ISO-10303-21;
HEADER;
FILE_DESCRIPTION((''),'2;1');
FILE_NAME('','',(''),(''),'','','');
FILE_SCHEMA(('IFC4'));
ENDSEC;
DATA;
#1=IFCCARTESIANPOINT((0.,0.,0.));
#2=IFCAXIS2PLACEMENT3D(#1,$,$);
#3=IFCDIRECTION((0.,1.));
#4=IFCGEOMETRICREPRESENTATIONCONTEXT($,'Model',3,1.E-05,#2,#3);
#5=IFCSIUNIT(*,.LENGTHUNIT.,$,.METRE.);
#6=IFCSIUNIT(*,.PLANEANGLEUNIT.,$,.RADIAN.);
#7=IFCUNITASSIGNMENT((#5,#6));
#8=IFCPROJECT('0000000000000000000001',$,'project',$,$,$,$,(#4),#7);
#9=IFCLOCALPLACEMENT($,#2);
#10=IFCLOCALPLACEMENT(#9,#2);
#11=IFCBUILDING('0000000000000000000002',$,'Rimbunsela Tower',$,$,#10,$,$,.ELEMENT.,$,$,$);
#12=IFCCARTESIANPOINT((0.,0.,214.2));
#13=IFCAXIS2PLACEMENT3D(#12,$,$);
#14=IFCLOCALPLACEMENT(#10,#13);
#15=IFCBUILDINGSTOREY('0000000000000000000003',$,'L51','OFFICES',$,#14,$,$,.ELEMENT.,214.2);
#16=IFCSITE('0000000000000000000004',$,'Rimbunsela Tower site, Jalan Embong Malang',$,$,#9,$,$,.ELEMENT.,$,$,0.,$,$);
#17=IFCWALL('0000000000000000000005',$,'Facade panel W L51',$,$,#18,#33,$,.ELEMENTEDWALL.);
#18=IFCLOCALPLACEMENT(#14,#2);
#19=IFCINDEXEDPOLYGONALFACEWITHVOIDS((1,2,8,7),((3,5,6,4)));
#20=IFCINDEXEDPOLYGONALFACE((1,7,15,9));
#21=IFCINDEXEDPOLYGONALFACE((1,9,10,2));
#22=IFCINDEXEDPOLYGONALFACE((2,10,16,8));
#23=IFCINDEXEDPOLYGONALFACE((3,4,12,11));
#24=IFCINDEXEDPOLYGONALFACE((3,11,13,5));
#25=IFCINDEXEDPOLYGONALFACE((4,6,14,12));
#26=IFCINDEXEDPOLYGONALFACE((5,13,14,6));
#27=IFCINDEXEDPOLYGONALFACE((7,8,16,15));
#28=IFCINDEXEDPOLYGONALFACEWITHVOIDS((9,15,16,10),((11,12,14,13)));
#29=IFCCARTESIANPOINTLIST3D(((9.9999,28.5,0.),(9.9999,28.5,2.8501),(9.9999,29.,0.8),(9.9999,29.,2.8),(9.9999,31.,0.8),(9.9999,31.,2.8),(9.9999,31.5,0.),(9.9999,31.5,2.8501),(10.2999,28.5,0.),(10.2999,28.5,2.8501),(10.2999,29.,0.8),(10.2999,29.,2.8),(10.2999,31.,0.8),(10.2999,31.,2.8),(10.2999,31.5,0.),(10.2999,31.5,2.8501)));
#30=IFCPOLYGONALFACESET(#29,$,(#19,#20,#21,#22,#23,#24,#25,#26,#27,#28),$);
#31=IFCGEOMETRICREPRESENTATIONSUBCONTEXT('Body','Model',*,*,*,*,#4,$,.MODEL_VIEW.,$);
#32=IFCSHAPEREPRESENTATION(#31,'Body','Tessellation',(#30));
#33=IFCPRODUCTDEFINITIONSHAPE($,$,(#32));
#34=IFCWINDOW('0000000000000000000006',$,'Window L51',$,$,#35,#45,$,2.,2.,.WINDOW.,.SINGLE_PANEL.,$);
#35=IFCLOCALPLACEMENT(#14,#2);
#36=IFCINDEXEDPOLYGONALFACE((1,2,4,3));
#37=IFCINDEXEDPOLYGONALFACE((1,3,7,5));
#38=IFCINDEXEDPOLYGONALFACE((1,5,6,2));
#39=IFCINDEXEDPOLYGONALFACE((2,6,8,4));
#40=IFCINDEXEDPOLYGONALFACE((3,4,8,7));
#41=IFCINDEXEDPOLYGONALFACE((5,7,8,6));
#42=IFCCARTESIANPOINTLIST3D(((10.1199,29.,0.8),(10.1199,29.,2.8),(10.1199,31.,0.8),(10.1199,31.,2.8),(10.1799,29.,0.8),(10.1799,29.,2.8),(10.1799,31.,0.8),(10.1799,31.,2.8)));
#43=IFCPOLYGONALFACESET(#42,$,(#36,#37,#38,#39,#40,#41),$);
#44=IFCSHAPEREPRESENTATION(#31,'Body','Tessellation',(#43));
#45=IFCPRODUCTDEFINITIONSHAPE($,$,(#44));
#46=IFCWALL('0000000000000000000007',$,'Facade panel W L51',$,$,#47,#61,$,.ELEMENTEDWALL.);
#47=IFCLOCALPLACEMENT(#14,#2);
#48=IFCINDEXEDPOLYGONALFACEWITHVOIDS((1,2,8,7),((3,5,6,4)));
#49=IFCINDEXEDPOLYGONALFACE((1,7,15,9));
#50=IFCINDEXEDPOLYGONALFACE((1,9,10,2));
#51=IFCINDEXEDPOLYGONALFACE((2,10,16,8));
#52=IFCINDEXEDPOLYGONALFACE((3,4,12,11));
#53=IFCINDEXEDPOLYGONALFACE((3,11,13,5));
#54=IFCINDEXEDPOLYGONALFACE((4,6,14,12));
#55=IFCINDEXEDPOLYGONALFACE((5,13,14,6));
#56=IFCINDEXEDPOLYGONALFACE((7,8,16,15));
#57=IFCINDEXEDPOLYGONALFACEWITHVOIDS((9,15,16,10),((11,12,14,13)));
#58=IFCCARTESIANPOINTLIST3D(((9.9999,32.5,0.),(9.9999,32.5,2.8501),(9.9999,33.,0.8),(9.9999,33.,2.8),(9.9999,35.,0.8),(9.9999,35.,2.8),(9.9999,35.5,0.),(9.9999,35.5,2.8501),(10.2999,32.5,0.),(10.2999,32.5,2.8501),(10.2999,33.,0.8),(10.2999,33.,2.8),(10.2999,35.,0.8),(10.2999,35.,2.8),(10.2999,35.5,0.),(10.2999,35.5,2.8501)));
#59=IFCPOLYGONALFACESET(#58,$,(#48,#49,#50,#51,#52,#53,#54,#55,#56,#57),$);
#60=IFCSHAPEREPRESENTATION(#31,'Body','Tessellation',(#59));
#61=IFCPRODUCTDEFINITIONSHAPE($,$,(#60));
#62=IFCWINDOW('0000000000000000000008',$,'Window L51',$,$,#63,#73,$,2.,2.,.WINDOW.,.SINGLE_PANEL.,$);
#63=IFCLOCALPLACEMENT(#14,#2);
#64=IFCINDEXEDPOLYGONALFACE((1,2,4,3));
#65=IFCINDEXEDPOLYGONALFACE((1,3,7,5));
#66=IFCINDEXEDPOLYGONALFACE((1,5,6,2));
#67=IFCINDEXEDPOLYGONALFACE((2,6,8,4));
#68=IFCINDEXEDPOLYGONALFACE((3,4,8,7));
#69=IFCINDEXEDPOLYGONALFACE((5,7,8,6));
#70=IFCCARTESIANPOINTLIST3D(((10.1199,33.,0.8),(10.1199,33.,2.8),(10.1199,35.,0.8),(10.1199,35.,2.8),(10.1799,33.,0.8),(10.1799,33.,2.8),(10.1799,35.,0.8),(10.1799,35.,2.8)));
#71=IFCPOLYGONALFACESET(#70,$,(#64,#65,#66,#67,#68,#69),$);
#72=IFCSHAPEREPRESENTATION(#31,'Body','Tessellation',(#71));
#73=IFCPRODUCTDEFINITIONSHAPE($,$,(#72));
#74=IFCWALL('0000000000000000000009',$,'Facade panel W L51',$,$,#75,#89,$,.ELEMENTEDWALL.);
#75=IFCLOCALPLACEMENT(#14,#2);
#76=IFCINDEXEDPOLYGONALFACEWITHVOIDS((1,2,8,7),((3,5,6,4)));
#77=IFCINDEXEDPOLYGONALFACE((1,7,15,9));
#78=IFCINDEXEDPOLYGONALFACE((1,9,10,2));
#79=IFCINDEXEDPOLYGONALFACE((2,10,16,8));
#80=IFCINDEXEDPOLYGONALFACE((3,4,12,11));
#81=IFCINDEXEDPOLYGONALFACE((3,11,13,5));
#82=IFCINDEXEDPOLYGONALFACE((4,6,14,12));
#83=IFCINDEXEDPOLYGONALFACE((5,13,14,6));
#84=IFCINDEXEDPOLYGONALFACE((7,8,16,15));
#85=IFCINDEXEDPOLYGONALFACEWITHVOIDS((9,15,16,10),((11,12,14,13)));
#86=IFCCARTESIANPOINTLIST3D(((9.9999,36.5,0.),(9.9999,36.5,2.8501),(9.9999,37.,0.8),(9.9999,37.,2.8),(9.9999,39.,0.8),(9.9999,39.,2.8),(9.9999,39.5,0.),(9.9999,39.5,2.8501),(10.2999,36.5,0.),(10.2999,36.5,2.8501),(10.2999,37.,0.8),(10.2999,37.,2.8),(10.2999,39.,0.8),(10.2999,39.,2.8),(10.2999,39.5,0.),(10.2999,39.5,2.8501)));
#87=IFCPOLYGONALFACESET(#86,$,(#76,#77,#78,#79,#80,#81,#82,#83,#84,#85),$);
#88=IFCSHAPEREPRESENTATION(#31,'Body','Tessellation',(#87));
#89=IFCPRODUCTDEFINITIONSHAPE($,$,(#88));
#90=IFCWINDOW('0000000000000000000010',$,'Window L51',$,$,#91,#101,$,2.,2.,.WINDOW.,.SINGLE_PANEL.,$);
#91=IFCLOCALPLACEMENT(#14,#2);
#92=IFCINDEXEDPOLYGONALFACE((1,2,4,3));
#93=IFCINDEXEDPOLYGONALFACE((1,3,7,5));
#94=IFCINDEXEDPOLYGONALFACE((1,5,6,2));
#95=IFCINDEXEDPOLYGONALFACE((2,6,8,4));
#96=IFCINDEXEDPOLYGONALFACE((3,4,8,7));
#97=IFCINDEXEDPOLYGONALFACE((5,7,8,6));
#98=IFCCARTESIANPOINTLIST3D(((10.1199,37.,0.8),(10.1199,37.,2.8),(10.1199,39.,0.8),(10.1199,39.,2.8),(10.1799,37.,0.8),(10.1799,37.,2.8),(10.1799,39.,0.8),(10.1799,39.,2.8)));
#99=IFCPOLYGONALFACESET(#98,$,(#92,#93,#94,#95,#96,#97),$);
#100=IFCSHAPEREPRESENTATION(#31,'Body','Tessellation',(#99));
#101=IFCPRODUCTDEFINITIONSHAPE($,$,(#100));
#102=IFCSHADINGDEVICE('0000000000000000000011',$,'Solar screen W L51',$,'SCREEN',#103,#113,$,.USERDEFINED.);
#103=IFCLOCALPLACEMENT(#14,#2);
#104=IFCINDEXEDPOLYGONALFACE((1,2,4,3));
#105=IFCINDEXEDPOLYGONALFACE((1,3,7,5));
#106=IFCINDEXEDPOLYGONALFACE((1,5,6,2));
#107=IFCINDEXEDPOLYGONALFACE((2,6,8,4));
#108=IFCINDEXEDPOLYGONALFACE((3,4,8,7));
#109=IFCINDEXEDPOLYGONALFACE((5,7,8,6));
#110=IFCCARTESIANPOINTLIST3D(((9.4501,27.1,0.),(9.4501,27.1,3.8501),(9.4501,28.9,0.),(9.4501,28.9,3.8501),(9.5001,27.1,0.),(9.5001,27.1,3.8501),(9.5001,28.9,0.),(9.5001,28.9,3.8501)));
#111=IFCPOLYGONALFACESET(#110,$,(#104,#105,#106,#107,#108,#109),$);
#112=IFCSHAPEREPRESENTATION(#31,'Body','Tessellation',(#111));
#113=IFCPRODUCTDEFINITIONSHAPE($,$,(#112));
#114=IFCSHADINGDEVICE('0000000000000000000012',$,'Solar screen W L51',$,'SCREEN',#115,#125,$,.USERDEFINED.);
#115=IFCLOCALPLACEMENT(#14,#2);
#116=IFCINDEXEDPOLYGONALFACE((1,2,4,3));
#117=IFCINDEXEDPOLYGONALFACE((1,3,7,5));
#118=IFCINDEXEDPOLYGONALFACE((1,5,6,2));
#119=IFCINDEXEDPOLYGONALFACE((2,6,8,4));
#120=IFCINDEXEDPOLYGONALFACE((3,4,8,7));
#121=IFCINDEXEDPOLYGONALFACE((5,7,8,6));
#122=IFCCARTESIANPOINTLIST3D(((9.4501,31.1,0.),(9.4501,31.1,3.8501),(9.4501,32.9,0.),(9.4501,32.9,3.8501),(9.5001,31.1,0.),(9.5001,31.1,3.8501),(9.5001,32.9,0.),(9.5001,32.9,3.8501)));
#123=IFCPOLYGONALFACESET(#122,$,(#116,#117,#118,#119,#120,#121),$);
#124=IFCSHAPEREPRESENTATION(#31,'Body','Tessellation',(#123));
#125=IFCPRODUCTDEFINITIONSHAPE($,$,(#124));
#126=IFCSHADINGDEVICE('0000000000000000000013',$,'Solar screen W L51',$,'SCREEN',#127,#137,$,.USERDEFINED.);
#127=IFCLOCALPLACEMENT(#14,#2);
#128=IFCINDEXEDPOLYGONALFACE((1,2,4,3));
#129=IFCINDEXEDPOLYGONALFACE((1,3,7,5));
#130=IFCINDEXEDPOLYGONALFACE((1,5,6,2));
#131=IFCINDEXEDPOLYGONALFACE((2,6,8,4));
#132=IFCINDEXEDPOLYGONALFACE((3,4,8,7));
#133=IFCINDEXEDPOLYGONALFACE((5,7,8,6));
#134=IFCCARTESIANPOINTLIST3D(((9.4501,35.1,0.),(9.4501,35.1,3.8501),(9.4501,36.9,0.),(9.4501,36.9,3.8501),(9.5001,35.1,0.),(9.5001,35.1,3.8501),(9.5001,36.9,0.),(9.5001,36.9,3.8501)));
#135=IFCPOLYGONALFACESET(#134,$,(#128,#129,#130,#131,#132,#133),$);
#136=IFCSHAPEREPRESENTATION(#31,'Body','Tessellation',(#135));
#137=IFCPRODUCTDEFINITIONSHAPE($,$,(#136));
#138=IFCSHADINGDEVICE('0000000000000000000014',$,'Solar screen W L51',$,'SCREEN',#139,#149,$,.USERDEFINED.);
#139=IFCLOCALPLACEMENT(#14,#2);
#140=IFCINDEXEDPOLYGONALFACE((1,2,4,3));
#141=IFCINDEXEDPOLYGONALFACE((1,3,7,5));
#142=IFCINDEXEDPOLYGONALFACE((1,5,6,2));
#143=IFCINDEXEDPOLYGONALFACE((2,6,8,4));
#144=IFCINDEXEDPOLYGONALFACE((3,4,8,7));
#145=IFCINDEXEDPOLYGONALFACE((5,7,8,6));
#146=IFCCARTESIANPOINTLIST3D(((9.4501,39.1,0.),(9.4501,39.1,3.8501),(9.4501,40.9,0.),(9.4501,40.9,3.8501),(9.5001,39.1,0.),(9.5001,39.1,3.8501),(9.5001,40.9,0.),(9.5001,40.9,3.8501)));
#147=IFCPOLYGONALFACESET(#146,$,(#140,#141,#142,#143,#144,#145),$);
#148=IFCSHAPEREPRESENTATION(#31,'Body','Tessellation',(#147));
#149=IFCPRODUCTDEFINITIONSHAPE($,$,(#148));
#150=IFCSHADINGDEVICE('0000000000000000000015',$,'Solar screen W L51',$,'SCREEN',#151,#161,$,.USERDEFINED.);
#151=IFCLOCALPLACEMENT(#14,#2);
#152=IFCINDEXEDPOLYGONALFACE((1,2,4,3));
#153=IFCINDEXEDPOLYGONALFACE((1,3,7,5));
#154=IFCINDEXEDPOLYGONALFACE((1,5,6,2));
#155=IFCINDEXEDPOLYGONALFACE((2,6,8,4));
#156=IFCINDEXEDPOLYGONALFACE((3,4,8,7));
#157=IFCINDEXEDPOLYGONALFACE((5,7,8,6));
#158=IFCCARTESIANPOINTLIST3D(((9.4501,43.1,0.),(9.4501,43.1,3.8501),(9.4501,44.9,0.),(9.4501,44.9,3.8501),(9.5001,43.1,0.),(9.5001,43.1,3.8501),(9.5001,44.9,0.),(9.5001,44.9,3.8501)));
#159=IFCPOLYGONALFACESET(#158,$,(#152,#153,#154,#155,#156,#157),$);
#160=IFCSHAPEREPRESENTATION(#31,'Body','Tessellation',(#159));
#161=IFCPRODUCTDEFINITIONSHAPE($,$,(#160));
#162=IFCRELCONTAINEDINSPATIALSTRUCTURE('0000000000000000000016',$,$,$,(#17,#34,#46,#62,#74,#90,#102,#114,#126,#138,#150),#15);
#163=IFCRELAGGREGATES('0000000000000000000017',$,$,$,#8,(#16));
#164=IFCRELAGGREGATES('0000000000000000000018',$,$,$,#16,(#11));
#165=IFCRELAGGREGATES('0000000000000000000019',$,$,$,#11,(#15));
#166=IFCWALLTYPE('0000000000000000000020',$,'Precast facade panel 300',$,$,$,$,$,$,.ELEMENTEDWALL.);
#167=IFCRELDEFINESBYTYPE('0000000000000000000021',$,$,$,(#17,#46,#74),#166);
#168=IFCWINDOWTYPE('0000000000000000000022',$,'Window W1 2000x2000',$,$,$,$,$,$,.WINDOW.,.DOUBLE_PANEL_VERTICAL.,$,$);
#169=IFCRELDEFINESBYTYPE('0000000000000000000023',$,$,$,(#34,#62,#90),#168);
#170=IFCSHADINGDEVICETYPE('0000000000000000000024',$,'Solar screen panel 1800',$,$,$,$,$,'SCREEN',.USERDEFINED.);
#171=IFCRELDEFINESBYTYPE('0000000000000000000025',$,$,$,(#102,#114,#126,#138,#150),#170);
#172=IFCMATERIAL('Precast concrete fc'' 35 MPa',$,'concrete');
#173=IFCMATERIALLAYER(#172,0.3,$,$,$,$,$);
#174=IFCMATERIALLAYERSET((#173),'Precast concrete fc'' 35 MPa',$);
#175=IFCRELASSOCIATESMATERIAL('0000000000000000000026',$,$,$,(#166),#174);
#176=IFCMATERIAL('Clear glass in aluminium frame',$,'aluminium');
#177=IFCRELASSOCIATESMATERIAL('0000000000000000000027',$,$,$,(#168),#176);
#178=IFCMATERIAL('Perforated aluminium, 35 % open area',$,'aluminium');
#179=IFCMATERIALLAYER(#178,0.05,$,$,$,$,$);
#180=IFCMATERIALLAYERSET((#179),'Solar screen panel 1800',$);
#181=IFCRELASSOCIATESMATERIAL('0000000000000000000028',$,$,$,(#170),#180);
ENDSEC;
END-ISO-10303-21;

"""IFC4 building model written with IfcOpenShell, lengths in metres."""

from ifc_helpers import new_model, si_unit, direction, frame, frame_2d, origin, origin_2d, place, context, subcontext, project, spatial, rectangle, extrude, material, layer, layer_set, type_object, element, fill, save


model = new_model("IFC4")

# Units and contexts
model_context = context("Model", 3, precision=1e-05, world=origin(), true_north=direction((0.0, 1.0)))
body_context = subcontext(model_context, "Body", "Model", "MODEL_VIEW")
ifc_project = project(units=[si_unit("LENGTHUNIT", "METRE"), si_unit("PLANEANGLEUNIT", "RADIAN")], contexts=[model_context])

# Site, building, storey
site_placement = place(None, origin())
site = spatial("IfcSite", under=ifc_project, at=site_placement, Name="Rimbunsela Tower site, Jalan Embong Malang", CompositionType="ELEMENT", RefElevation=0.0)
building_placement = place(site_placement, origin())
building = spatial("IfcBuilding", under=site, at=building_placement, Name="Rimbunsela Tower", CompositionType="ELEMENT")
storey_placement = place(building_placement, frame((0.0, 0.0, 214.2)))
storey = spatial("IfcBuildingStorey", under=building, at=storey_placement, Name="L51", Description="OFFICES", CompositionType="ELEMENT", Elevation=214.2)

# Walls, openings, windows
ifc_material_1 = material(Name="Precast concrete fc' 35 MPa", Category="concrete")
ifc_layer_1 = layer(ifc_material_1, 0.3)
ifc_layer_set_1 = layer_set([ifc_layer_1], Name="Precast concrete fc' 35 MPa")
wall_type = type_object("IfcWallType", Name="Precast facade panel 300", PredefinedType="ELEMENTEDWALL", material=ifc_layer_set_1)
wall_1_placement = place(storey_placement, frame((10.1499, 31.5, 0.0), z_axis=(0.0, 0.0, 1.0), x_axis=(0.0, -1.0, 0.0)))
wall_1 = element("IfcWall", 1, at=wall_1_placement, inside=storey, type_object=wall_type, Name="Facade panel W L51", PredefinedType="ELEMENTEDWALL", context=body_context, shape_type="SweptSolid", body=[
    extrude(rectangle(XDim=3.0, YDim=0.3, at=frame_2d((1.5, 0.0))), origin(), (0.0, 0.0, 1.0), 2.8501),
])
opening_1_placement = place(wall_1_placement, frame((0.5, 0.0, 0.8)))
opening_1 = element("IfcOpeningElement", 2, at=opening_1_placement, cuts=wall_1, PredefinedType="OPENING", context=body_context, shape_type="SweptSolid", body=[
    extrude(rectangle(XDim=2.0, YDim=2.0, at=frame_2d((1.0, 1.0))), frame((0.0, 0.1599, 0.0), z_axis=(0.0, -1.0, 0.0), x_axis=(1.0, 0.0, 0.0)), (0.0, 0.0, 1.0), 0.3201),
])
ifc_material_2 = material(Name="Clear glass in aluminium frame", Category="aluminium")
window_type = type_object("IfcWindowType", Name="Window W1 2000x2000", PartitioningType="DOUBLE_PANEL_VERTICAL", PredefinedType="WINDOW", material=ifc_material_2)
window_1_placement = place(opening_1_placement, origin())
window_1 = element("IfcWindow", 3, at=window_1_placement, inside=storey, type_object=window_type, Name="Window L51", OverallHeight=2.0, OverallWidth=2.0, PartitioningType="SINGLE_PANEL", PredefinedType="WINDOW", context=body_context, shape_type="SweptSolid", body=[
    extrude(rectangle(XDim=2.0, YDim=2.0, at=frame_2d((1.0, 1.0))), frame((0.0, 0.03, 0.0), z_axis=(0.0, -1.0, 0.0), x_axis=(1.0, 0.0, 0.0)), (0.0, 0.0, 1.0), 0.0601),
])
fill(opening_1, window_1)
wall_2_placement = place(storey_placement, frame((10.1499, 35.5, 0.0), z_axis=(0.0, 0.0, 1.0), x_axis=(0.0, -1.0, 0.0)))
wall_2 = element("IfcWall", 4, at=wall_2_placement, inside=storey, type_object=wall_type, Name="Facade panel W L51", PredefinedType="ELEMENTEDWALL", context=body_context, shape_type="SweptSolid", body=[
    extrude(rectangle(XDim=3.0, YDim=0.3, at=frame_2d((1.5, 0.0))), origin(), (0.0, 0.0, 1.0), 2.8501),
])
opening_2_placement = place(wall_2_placement, frame((0.5, 0.0, 0.8)))
opening_2 = element("IfcOpeningElement", 5, at=opening_2_placement, cuts=wall_2, PredefinedType="OPENING", context=body_context, shape_type="SweptSolid", body=[
    extrude(rectangle(XDim=2.0, YDim=2.0, at=frame_2d((1.0, 1.0))), frame((0.0, 0.1599, 0.0), z_axis=(0.0, -1.0, 0.0), x_axis=(1.0, 0.0, 0.0)), (0.0, 0.0, 1.0), 0.3201),
])
window_2_placement = place(opening_2_placement, origin())
window_2 = element("IfcWindow", 6, at=window_2_placement, inside=storey, type_object=window_type, Name="Window L51", OverallHeight=2.0, OverallWidth=2.0, PartitioningType="SINGLE_PANEL", PredefinedType="WINDOW", context=body_context, shape_type="SweptSolid", body=[
    extrude(rectangle(XDim=2.0, YDim=2.0, at=frame_2d((1.0, 1.0))), frame((0.0, 0.03, 0.0), z_axis=(0.0, -1.0, 0.0), x_axis=(1.0, 0.0, 0.0)), (0.0, 0.0, 1.0), 0.0601),
])
fill(opening_2, window_2)
wall_3_placement = place(storey_placement, frame((10.1499, 39.5, 0.0), z_axis=(0.0, 0.0, 1.0), x_axis=(0.0, -1.0, 0.0)))
wall_3 = element("IfcWall", 7, at=wall_3_placement, inside=storey, type_object=wall_type, Name="Facade panel W L51", PredefinedType="ELEMENTEDWALL", context=body_context, shape_type="SweptSolid", body=[
    extrude(rectangle(XDim=3.0, YDim=0.3, at=frame_2d((1.5, 0.0))), origin(), (0.0, 0.0, 1.0), 2.8501),
])
opening_3_placement = place(wall_3_placement, frame((0.5, 0.0, 0.8)))
opening_3 = element("IfcOpeningElement", 8, at=opening_3_placement, cuts=wall_3, PredefinedType="OPENING", context=body_context, shape_type="SweptSolid", body=[
    extrude(rectangle(XDim=2.0, YDim=2.0, at=frame_2d((1.0, 1.0))), frame((0.0, 0.1599, 0.0), z_axis=(0.0, -1.0, 0.0), x_axis=(1.0, 0.0, 0.0)), (0.0, 0.0, 1.0), 0.3201),
])
window_3_placement = place(opening_3_placement, origin())
window_3 = element("IfcWindow", 9, at=window_3_placement, inside=storey, type_object=window_type, Name="Window L51", OverallHeight=2.0, OverallWidth=2.0, PartitioningType="SINGLE_PANEL", PredefinedType="WINDOW", context=body_context, shape_type="SweptSolid", body=[
    extrude(rectangle(XDim=2.0, YDim=2.0, at=frame_2d((1.0, 1.0))), frame((0.0, 0.03, 0.0), z_axis=(0.0, -1.0, 0.0), x_axis=(1.0, 0.0, 0.0)), (0.0, 0.0, 1.0), 0.0601),
])
fill(opening_3, window_3)

# Shading devices
ifc_material_3 = material(Name="Perforated aluminium, 35 % open area", Category="aluminium")
ifc_layer_2 = layer(ifc_material_3, 0.05)
ifc_layer_set_2 = layer_set([ifc_layer_2], Name="Solar screen panel 1800")
shading_device_type = type_object("IfcShadingDeviceType", Name="Solar screen panel 1800", ElementType="SCREEN", PredefinedType="USERDEFINED", material=ifc_layer_set_2)
for number, where, z_axis, x_axis, name in (
    (10, (9.4751, 28.0, 0.0), (0.0, 0.0, 1.0), (0.0, 1.0, 0.0), "Solar screen W L51"),
    (11, (9.4751, 32.0, 0.0), (0.0, 0.0, 1.0), (0.0, 1.0, 0.0), "Solar screen W L51"),
    (12, (9.4751, 36.0, 0.0), (0.0, 0.0, 1.0), (0.0, 1.0, 0.0), "Solar screen W L51"),
    (13, (9.4751, 40.0, 0.0), (0.0, 0.0, 1.0), (0.0, 1.0, 0.0), "Solar screen W L51"),
    (14, (9.4751, 44.0, 0.0), (0.0, 0.0, 1.0), (0.0, 1.0, 0.0), "Solar screen W L51"),
):
    element("IfcShadingDevice", number, at=place(storey_placement, frame(where, z_axis=z_axis, x_axis=x_axis)), inside=storey, type_object=shading_device_type, Name=name, ObjectType="SCREEN", PredefinedType="USERDEFINED", context=body_context, shape_type="SweptSolid", body=[
        extrude(rectangle(XDim=1.8, YDim=0.05, at=origin_2d()), origin(), (0.0, 0.0, 1.0), 3.8501),
    ])

save(model, "model.ifc")
